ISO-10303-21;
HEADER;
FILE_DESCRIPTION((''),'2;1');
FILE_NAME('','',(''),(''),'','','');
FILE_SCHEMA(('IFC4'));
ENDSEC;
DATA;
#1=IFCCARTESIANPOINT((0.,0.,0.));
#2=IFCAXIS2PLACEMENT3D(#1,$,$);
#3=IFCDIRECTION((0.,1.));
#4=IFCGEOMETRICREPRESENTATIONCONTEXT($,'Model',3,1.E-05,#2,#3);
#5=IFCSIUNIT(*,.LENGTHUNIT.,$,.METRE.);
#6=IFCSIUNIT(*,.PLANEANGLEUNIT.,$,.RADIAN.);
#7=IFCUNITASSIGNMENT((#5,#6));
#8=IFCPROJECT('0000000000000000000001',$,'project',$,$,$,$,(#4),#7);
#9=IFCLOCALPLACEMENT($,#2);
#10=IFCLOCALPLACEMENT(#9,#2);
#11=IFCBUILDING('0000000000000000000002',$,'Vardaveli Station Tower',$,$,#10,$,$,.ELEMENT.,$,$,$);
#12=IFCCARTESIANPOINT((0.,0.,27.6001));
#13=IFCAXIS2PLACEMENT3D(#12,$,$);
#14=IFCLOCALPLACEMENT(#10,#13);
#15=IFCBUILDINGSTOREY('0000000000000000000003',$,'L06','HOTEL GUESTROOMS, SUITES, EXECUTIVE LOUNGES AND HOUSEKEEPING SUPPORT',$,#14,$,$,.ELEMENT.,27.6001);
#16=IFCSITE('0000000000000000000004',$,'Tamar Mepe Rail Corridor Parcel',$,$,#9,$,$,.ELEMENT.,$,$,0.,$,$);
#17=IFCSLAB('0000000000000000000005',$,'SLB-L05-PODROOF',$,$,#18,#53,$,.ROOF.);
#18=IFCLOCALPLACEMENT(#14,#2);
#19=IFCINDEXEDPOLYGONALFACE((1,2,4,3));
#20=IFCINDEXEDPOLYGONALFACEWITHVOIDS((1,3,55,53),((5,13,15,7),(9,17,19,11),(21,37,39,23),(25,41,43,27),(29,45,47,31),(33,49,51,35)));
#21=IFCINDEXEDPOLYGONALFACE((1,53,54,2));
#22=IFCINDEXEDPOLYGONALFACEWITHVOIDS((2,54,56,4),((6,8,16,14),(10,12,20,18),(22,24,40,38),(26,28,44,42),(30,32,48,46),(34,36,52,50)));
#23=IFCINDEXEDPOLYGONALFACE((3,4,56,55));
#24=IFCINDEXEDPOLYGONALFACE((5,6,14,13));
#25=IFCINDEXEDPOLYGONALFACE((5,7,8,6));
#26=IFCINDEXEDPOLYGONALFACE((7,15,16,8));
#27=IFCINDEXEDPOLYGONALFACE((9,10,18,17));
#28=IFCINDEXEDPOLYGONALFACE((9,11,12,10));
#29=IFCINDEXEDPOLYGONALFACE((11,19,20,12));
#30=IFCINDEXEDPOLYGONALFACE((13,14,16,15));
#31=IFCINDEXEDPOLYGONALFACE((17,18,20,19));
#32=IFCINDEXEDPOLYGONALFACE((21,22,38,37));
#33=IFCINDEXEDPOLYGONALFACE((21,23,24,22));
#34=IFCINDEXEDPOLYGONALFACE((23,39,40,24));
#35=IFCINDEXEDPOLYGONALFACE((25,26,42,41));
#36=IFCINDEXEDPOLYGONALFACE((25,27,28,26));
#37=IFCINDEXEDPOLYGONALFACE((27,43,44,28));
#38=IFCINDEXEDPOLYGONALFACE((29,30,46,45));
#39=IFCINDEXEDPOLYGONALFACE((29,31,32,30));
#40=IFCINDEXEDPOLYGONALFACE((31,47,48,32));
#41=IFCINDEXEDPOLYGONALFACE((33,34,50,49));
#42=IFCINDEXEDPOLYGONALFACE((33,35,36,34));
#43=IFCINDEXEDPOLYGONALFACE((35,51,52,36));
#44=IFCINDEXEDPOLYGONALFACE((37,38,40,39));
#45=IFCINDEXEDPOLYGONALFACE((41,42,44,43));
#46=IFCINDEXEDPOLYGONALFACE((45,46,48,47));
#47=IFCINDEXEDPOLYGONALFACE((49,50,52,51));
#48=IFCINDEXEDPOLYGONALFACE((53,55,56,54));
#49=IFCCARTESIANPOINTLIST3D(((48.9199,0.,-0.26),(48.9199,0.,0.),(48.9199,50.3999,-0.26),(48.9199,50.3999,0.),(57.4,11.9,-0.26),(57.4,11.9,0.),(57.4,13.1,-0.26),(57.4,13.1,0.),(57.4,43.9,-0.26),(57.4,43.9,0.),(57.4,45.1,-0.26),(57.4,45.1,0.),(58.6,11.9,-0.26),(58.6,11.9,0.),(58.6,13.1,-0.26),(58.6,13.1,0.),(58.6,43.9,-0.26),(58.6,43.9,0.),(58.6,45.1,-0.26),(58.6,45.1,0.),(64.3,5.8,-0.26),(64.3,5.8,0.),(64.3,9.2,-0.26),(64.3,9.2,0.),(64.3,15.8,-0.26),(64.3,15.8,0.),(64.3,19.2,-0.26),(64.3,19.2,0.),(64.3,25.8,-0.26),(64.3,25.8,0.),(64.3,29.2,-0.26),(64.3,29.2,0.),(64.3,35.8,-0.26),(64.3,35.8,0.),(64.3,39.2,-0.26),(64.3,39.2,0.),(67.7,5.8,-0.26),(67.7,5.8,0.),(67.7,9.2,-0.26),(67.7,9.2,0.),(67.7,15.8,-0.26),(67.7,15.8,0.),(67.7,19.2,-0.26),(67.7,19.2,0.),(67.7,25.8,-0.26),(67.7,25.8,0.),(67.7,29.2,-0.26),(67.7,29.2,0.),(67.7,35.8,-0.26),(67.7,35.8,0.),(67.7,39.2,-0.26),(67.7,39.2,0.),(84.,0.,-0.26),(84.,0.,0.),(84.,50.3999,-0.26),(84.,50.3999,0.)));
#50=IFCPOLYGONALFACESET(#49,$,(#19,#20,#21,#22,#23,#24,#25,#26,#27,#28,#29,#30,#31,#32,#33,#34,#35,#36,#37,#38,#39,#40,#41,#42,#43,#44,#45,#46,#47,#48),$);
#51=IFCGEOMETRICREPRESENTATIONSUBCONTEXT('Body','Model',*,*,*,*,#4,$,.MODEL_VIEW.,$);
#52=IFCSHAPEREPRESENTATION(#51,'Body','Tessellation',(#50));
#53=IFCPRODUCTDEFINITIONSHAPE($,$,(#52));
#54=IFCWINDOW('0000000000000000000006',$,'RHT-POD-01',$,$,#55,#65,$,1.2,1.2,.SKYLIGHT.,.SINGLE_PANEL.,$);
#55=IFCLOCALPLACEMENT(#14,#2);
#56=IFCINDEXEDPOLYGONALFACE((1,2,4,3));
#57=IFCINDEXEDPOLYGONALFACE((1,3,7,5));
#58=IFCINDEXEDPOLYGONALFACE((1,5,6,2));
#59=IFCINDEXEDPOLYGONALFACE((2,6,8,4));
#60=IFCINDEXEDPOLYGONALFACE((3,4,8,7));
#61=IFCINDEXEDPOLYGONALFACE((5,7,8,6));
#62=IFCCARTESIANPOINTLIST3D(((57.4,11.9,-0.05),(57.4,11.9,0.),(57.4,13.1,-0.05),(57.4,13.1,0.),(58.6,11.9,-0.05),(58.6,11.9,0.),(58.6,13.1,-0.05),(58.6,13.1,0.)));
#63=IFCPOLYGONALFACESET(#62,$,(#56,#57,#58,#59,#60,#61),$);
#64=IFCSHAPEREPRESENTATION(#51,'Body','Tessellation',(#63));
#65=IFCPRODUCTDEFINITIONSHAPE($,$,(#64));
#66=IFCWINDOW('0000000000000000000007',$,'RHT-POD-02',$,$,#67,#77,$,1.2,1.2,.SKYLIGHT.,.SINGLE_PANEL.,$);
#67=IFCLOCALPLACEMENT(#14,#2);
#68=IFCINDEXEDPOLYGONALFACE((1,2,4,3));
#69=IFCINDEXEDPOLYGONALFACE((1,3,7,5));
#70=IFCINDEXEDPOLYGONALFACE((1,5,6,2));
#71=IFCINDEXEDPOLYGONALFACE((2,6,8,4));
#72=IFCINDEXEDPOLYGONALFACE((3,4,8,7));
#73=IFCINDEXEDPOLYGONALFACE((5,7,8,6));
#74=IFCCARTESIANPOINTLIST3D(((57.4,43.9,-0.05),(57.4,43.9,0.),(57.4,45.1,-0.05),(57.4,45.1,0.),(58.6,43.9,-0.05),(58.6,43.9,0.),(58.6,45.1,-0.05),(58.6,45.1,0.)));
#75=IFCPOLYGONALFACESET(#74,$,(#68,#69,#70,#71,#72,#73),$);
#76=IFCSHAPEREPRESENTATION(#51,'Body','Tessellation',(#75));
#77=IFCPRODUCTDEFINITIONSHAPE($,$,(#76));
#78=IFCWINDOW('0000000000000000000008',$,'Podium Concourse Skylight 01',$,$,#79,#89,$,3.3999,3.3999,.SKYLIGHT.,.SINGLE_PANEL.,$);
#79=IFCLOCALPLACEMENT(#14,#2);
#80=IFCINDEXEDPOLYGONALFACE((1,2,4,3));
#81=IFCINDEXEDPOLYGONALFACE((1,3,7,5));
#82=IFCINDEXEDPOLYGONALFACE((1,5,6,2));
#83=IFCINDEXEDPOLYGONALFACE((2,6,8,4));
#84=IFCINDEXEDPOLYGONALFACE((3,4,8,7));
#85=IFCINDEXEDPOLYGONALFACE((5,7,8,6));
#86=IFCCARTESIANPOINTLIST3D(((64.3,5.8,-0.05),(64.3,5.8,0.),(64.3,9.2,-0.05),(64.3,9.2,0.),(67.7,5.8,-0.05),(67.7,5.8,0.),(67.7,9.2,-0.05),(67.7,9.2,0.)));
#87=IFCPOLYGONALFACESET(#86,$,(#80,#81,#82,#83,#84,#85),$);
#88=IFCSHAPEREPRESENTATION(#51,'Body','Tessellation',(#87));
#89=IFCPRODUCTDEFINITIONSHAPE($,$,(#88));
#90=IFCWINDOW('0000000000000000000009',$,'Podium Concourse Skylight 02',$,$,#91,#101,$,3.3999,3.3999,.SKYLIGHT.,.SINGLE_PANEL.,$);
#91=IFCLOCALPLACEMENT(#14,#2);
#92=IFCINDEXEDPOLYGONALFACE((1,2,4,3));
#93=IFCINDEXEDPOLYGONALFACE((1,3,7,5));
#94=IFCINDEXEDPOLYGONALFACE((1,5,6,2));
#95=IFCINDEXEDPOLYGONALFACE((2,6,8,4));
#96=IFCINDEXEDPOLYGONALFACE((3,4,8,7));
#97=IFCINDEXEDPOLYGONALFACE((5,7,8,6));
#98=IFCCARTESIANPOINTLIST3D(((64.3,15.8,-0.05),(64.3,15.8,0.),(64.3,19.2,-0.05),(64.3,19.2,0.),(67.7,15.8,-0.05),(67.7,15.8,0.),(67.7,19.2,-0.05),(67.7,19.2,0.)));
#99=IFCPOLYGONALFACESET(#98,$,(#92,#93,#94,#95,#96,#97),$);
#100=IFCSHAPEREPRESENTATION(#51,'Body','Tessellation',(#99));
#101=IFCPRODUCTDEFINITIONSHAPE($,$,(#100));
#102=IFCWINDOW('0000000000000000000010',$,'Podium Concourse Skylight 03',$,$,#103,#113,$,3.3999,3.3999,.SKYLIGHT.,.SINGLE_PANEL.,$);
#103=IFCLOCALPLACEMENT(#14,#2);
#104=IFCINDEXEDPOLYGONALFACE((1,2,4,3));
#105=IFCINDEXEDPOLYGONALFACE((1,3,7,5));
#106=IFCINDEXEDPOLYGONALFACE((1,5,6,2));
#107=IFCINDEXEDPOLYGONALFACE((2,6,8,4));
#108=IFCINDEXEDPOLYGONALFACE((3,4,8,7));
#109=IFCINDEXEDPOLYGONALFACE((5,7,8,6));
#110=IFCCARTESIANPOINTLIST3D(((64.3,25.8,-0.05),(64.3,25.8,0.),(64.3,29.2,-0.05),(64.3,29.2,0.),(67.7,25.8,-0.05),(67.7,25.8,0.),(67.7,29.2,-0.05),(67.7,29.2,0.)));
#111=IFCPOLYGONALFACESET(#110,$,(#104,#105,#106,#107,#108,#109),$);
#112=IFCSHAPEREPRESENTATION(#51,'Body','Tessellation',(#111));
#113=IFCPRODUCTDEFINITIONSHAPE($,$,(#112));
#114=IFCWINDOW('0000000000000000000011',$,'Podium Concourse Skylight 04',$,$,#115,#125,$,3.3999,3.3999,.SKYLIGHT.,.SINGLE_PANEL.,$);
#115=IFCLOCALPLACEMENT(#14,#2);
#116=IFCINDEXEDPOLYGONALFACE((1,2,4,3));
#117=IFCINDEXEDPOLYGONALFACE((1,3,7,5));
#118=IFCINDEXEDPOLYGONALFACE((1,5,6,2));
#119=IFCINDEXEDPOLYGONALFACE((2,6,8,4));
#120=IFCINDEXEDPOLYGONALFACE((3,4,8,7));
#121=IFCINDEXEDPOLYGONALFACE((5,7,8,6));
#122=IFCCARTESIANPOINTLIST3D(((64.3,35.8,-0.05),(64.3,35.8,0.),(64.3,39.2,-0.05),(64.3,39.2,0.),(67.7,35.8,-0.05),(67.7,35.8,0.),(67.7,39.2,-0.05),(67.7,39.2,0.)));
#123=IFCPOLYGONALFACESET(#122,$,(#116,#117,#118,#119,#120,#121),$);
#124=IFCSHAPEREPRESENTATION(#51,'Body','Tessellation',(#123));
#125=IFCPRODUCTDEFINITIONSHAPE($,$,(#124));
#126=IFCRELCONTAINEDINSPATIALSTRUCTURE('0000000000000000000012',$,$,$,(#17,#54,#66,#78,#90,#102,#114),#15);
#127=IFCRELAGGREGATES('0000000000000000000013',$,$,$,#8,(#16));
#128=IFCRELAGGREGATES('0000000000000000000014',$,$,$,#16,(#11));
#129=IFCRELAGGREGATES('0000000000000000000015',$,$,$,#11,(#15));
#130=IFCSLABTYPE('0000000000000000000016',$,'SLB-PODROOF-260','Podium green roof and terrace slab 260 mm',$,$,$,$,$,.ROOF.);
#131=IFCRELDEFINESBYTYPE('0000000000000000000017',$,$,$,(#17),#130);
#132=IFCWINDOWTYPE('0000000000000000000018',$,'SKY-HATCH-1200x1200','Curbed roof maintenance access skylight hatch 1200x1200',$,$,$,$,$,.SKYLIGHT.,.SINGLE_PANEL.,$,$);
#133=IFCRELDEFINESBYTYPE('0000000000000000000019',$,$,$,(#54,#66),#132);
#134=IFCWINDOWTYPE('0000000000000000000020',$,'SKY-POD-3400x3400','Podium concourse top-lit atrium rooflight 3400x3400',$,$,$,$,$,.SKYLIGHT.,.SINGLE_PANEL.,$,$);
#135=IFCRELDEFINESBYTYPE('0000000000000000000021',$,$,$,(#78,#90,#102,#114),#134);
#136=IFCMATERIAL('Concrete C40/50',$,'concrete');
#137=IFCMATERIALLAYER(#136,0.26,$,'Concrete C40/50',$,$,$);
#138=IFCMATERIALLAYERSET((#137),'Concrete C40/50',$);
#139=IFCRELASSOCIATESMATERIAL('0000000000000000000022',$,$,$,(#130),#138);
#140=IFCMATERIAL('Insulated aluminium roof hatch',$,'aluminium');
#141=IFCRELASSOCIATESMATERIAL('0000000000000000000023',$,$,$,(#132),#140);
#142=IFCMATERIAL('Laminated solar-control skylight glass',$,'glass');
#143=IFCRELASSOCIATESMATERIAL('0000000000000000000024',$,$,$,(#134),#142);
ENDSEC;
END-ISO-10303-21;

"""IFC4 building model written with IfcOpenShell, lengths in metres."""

from ifc_helpers import new_model, si_unit, direction, frame, origin, origin_2d, place, context, subcontext, project, spatial, polyline, rectangle, outline, extrude, material, layer, layer_set, type_object, element, fill, save


model = new_model("IFC4")

# Units and contexts
model_context = context("Model", 3, precision=1e-05, world=origin(), true_north=direction((0.0, 1.0)))
body_context = subcontext(model_context, "Body", "Model", "MODEL_VIEW")
ifc_project = project(units=[si_unit("LENGTHUNIT", "METRE"), si_unit("PLANEANGLEUNIT", "RADIAN")], contexts=[model_context])

# Site, building, storey
site_placement = place(None, origin())
site = spatial("IfcSite", under=ifc_project, at=site_placement, Name="Tamar Mepe Rail Corridor Parcel", CompositionType="ELEMENT", RefElevation=0.0)
building_placement = place(site_placement, origin())
building = spatial("IfcBuilding", under=site, at=building_placement, Name="Vardaveli Station Tower", CompositionType="ELEMENT")
storey_placement = place(building_placement, frame((0.0, 0.0, 27.6001)))
storey = spatial("IfcBuildingStorey", under=building, at=storey_placement, Name="L06", Description="HOTEL GUESTROOMS, SUITES, EXECUTIVE LOUNGES AND HOUSEKEEPING SUPPORT", CompositionType="ELEMENT", Elevation=27.6001)

# Shared definitions
ifc_material_1 = material(Name="Concrete C40/50", Category="concrete")

# Slab, openings, windows
ifc_layer_1 = layer(ifc_material_1, 0.26, Name="Concrete C40/50")
ifc_layer_set_1 = layer_set([ifc_layer_1], Name="Concrete C40/50")
slab_type_1 = type_object("IfcSlabType", Name="SLB-PODROOF-260", Description="Podium green roof and terrace slab 260 mm", PredefinedType="ROOF", material=ifc_layer_set_1)
slab_1_placement = place(storey_placement, frame((0.0, 0.0, -0.26)))
slab_1 = element("IfcSlab", 1, at=slab_1_placement, inside=storey, type_object=slab_type_1, Name="SLB-L05-PODROOF", PredefinedType="ROOF", context=body_context, shape_type="SweptSolid", body=[
    extrude(outline(polyline([(48.9199, 0.0), (84.0, 0.0), (84.0, 50.3999), (48.9199, 50.3999), (48.9199, 0.0)])), origin(), (0.0, 0.0, 1.0), 0.26),
])
opening_1_placement = place(slab_1_placement, frame((66.0, 7.5, -0.01)))
opening_1 = element("IfcOpeningElement", 2, at=opening_1_placement, cuts=slab_1, PredefinedType="OPENING", context=body_context, shape_type="SweptSolid", body=[
    extrude(rectangle(XDim=3.3999, YDim=3.3999, at=origin_2d()), origin(), (0.0, 0.0, 1.0), 0.28),
])
opening_2_placement = place(slab_1_placement, frame((66.0, 17.5, -0.01)))
opening_2 = element("IfcOpeningElement", 3, at=opening_2_placement, cuts=slab_1, PredefinedType="OPENING", context=body_context, shape_type="SweptSolid", body=[
    extrude(rectangle(XDim=3.3999, YDim=3.3999, at=origin_2d()), origin(), (0.0, 0.0, 1.0), 0.28),
])
opening_3_placement = place(slab_1_placement, frame((66.0, 27.5, -0.01)))
opening_3 = element("IfcOpeningElement", 4, at=opening_3_placement, cuts=slab_1, PredefinedType="OPENING", context=body_context, shape_type="SweptSolid", body=[
    extrude(rectangle(XDim=3.3999, YDim=3.3999, at=origin_2d()), origin(), (0.0, 0.0, 1.0), 0.28),
])
opening_4_placement = place(slab_1_placement, frame((66.0, 37.5, -0.01)))
opening_4 = element("IfcOpeningElement", 5, at=opening_4_placement, cuts=slab_1, PredefinedType="OPENING", context=body_context, shape_type="SweptSolid", body=[
    extrude(rectangle(XDim=3.3999, YDim=3.3999, at=origin_2d()), origin(), (0.0, 0.0, 1.0), 0.28),
])
opening_5_placement = place(slab_1_placement, frame((58.0, 12.5, -0.01)))
opening_5 = element("IfcOpeningElement", 6, at=opening_5_placement, cuts=slab_1, PredefinedType="OPENING", context=body_context, shape_type="SweptSolid", body=[
    extrude(rectangle(XDim=1.2, YDim=1.2, at=origin_2d()), origin(), (0.0, 0.0, 1.0), 0.28),
])
opening_6_placement = place(slab_1_placement, frame((58.0, 44.5, -0.01)))
opening_6 = element("IfcOpeningElement", 7, at=opening_6_placement, cuts=slab_1, PredefinedType="OPENING", context=body_context, shape_type="SweptSolid", body=[
    extrude(rectangle(XDim=1.2, YDim=1.2, at=origin_2d()), origin(), (0.0, 0.0, 1.0), 0.28),
])
ifc_material_2 = material(Name="Insulated aluminium roof hatch", Category="aluminium")
window_type_1 = type_object("IfcWindowType", Name="SKY-HATCH-1200x1200", Description="Curbed roof maintenance access skylight hatch 1200x1200", PartitioningType="SINGLE_PANEL", PredefinedType="SKYLIGHT", material=ifc_material_2)
window_1_placement = place(slab_1_placement, frame((58.0, 12.5, 0.21)))
window_1 = element("IfcWindow", 8, at=window_1_placement, inside=storey, type_object=window_type_1, Name="RHT-POD-01", OverallHeight=1.2, OverallWidth=1.2, PartitioningType="SINGLE_PANEL", PredefinedType="SKYLIGHT", context=body_context, shape_type="SweptSolid", body=[
    extrude(rectangle(XDim=1.2, YDim=1.2, at=origin_2d()), origin(), (0.0, 0.0, 1.0), 0.05),
])
fill(opening_5, window_1)
window_2_placement = place(slab_1_placement, frame((58.0, 44.5, 0.21)))
window_2 = element("IfcWindow", 9, at=window_2_placement, inside=storey, type_object=window_type_1, Name="RHT-POD-02", OverallHeight=1.2, OverallWidth=1.2, PartitioningType="SINGLE_PANEL", PredefinedType="SKYLIGHT", context=body_context, shape_type="SweptSolid", body=[
    extrude(rectangle(XDim=1.2, YDim=1.2, at=origin_2d()), origin(), (0.0, 0.0, 1.0), 0.05),
])
fill(opening_6, window_2)
ifc_material_3 = material(Name="Laminated solar-control skylight glass", Category="glass")
window_type_2 = type_object("IfcWindowType", Name="SKY-POD-3400x3400", Description="Podium concourse top-lit atrium rooflight 3400x3400", PartitioningType="SINGLE_PANEL", PredefinedType="SKYLIGHT", material=ifc_material_3)
window_3_placement = place(slab_1_placement, frame((66.0, 7.5, 0.21)))
window_3 = element("IfcWindow", 10, at=window_3_placement, inside=storey, type_object=window_type_2, Name="Podium Concourse Skylight 01", OverallHeight=3.3999, OverallWidth=3.3999, PartitioningType="SINGLE_PANEL", PredefinedType="SKYLIGHT", context=body_context, shape_type="SweptSolid", body=[
    extrude(rectangle(XDim=3.3999, YDim=3.3999, at=origin_2d()), origin(), (0.0, 0.0, 1.0), 0.05),
])
fill(opening_1, window_3)
window_4_placement = place(slab_1_placement, frame((66.0, 17.5, 0.21)))
window_4 = element("IfcWindow", 11, at=window_4_placement, inside=storey, type_object=window_type_2, Name="Podium Concourse Skylight 02", OverallHeight=3.3999, OverallWidth=3.3999, PartitioningType="SINGLE_PANEL", PredefinedType="SKYLIGHT", context=body_context, shape_type="SweptSolid", body=[
    extrude(rectangle(XDim=3.3999, YDim=3.3999, at=origin_2d()), origin(), (0.0, 0.0, 1.0), 0.05),
])
fill(opening_2, window_4)
window_5_placement = place(slab_1_placement, frame((66.0, 27.5, 0.21)))
window_5 = element("IfcWindow", 12, at=window_5_placement, inside=storey, type_object=window_type_2, Name="Podium Concourse Skylight 03", OverallHeight=3.3999, OverallWidth=3.3999, PartitioningType="SINGLE_PANEL", PredefinedType="SKYLIGHT", context=body_context, shape_type="SweptSolid", body=[
    extrude(rectangle(XDim=3.3999, YDim=3.3999, at=origin_2d()), origin(), (0.0, 0.0, 1.0), 0.05),
])
fill(opening_3, window_5)
window_6_placement = place(slab_1_placement, frame((66.0, 37.5, 0.21)))
window_6 = element("IfcWindow", 13, at=window_6_placement, inside=storey, type_object=window_type_2, Name="Podium Concourse Skylight 04", OverallHeight=3.3999, OverallWidth=3.3999, PartitioningType="SINGLE_PANEL", PredefinedType="SKYLIGHT", context=body_context, shape_type="SweptSolid", body=[
    extrude(rectangle(XDim=3.3999, YDim=3.3999, at=origin_2d()), origin(), (0.0, 0.0, 1.0), 0.05),
])
fill(opening_4, window_6)

save(model, "model.ifc")
